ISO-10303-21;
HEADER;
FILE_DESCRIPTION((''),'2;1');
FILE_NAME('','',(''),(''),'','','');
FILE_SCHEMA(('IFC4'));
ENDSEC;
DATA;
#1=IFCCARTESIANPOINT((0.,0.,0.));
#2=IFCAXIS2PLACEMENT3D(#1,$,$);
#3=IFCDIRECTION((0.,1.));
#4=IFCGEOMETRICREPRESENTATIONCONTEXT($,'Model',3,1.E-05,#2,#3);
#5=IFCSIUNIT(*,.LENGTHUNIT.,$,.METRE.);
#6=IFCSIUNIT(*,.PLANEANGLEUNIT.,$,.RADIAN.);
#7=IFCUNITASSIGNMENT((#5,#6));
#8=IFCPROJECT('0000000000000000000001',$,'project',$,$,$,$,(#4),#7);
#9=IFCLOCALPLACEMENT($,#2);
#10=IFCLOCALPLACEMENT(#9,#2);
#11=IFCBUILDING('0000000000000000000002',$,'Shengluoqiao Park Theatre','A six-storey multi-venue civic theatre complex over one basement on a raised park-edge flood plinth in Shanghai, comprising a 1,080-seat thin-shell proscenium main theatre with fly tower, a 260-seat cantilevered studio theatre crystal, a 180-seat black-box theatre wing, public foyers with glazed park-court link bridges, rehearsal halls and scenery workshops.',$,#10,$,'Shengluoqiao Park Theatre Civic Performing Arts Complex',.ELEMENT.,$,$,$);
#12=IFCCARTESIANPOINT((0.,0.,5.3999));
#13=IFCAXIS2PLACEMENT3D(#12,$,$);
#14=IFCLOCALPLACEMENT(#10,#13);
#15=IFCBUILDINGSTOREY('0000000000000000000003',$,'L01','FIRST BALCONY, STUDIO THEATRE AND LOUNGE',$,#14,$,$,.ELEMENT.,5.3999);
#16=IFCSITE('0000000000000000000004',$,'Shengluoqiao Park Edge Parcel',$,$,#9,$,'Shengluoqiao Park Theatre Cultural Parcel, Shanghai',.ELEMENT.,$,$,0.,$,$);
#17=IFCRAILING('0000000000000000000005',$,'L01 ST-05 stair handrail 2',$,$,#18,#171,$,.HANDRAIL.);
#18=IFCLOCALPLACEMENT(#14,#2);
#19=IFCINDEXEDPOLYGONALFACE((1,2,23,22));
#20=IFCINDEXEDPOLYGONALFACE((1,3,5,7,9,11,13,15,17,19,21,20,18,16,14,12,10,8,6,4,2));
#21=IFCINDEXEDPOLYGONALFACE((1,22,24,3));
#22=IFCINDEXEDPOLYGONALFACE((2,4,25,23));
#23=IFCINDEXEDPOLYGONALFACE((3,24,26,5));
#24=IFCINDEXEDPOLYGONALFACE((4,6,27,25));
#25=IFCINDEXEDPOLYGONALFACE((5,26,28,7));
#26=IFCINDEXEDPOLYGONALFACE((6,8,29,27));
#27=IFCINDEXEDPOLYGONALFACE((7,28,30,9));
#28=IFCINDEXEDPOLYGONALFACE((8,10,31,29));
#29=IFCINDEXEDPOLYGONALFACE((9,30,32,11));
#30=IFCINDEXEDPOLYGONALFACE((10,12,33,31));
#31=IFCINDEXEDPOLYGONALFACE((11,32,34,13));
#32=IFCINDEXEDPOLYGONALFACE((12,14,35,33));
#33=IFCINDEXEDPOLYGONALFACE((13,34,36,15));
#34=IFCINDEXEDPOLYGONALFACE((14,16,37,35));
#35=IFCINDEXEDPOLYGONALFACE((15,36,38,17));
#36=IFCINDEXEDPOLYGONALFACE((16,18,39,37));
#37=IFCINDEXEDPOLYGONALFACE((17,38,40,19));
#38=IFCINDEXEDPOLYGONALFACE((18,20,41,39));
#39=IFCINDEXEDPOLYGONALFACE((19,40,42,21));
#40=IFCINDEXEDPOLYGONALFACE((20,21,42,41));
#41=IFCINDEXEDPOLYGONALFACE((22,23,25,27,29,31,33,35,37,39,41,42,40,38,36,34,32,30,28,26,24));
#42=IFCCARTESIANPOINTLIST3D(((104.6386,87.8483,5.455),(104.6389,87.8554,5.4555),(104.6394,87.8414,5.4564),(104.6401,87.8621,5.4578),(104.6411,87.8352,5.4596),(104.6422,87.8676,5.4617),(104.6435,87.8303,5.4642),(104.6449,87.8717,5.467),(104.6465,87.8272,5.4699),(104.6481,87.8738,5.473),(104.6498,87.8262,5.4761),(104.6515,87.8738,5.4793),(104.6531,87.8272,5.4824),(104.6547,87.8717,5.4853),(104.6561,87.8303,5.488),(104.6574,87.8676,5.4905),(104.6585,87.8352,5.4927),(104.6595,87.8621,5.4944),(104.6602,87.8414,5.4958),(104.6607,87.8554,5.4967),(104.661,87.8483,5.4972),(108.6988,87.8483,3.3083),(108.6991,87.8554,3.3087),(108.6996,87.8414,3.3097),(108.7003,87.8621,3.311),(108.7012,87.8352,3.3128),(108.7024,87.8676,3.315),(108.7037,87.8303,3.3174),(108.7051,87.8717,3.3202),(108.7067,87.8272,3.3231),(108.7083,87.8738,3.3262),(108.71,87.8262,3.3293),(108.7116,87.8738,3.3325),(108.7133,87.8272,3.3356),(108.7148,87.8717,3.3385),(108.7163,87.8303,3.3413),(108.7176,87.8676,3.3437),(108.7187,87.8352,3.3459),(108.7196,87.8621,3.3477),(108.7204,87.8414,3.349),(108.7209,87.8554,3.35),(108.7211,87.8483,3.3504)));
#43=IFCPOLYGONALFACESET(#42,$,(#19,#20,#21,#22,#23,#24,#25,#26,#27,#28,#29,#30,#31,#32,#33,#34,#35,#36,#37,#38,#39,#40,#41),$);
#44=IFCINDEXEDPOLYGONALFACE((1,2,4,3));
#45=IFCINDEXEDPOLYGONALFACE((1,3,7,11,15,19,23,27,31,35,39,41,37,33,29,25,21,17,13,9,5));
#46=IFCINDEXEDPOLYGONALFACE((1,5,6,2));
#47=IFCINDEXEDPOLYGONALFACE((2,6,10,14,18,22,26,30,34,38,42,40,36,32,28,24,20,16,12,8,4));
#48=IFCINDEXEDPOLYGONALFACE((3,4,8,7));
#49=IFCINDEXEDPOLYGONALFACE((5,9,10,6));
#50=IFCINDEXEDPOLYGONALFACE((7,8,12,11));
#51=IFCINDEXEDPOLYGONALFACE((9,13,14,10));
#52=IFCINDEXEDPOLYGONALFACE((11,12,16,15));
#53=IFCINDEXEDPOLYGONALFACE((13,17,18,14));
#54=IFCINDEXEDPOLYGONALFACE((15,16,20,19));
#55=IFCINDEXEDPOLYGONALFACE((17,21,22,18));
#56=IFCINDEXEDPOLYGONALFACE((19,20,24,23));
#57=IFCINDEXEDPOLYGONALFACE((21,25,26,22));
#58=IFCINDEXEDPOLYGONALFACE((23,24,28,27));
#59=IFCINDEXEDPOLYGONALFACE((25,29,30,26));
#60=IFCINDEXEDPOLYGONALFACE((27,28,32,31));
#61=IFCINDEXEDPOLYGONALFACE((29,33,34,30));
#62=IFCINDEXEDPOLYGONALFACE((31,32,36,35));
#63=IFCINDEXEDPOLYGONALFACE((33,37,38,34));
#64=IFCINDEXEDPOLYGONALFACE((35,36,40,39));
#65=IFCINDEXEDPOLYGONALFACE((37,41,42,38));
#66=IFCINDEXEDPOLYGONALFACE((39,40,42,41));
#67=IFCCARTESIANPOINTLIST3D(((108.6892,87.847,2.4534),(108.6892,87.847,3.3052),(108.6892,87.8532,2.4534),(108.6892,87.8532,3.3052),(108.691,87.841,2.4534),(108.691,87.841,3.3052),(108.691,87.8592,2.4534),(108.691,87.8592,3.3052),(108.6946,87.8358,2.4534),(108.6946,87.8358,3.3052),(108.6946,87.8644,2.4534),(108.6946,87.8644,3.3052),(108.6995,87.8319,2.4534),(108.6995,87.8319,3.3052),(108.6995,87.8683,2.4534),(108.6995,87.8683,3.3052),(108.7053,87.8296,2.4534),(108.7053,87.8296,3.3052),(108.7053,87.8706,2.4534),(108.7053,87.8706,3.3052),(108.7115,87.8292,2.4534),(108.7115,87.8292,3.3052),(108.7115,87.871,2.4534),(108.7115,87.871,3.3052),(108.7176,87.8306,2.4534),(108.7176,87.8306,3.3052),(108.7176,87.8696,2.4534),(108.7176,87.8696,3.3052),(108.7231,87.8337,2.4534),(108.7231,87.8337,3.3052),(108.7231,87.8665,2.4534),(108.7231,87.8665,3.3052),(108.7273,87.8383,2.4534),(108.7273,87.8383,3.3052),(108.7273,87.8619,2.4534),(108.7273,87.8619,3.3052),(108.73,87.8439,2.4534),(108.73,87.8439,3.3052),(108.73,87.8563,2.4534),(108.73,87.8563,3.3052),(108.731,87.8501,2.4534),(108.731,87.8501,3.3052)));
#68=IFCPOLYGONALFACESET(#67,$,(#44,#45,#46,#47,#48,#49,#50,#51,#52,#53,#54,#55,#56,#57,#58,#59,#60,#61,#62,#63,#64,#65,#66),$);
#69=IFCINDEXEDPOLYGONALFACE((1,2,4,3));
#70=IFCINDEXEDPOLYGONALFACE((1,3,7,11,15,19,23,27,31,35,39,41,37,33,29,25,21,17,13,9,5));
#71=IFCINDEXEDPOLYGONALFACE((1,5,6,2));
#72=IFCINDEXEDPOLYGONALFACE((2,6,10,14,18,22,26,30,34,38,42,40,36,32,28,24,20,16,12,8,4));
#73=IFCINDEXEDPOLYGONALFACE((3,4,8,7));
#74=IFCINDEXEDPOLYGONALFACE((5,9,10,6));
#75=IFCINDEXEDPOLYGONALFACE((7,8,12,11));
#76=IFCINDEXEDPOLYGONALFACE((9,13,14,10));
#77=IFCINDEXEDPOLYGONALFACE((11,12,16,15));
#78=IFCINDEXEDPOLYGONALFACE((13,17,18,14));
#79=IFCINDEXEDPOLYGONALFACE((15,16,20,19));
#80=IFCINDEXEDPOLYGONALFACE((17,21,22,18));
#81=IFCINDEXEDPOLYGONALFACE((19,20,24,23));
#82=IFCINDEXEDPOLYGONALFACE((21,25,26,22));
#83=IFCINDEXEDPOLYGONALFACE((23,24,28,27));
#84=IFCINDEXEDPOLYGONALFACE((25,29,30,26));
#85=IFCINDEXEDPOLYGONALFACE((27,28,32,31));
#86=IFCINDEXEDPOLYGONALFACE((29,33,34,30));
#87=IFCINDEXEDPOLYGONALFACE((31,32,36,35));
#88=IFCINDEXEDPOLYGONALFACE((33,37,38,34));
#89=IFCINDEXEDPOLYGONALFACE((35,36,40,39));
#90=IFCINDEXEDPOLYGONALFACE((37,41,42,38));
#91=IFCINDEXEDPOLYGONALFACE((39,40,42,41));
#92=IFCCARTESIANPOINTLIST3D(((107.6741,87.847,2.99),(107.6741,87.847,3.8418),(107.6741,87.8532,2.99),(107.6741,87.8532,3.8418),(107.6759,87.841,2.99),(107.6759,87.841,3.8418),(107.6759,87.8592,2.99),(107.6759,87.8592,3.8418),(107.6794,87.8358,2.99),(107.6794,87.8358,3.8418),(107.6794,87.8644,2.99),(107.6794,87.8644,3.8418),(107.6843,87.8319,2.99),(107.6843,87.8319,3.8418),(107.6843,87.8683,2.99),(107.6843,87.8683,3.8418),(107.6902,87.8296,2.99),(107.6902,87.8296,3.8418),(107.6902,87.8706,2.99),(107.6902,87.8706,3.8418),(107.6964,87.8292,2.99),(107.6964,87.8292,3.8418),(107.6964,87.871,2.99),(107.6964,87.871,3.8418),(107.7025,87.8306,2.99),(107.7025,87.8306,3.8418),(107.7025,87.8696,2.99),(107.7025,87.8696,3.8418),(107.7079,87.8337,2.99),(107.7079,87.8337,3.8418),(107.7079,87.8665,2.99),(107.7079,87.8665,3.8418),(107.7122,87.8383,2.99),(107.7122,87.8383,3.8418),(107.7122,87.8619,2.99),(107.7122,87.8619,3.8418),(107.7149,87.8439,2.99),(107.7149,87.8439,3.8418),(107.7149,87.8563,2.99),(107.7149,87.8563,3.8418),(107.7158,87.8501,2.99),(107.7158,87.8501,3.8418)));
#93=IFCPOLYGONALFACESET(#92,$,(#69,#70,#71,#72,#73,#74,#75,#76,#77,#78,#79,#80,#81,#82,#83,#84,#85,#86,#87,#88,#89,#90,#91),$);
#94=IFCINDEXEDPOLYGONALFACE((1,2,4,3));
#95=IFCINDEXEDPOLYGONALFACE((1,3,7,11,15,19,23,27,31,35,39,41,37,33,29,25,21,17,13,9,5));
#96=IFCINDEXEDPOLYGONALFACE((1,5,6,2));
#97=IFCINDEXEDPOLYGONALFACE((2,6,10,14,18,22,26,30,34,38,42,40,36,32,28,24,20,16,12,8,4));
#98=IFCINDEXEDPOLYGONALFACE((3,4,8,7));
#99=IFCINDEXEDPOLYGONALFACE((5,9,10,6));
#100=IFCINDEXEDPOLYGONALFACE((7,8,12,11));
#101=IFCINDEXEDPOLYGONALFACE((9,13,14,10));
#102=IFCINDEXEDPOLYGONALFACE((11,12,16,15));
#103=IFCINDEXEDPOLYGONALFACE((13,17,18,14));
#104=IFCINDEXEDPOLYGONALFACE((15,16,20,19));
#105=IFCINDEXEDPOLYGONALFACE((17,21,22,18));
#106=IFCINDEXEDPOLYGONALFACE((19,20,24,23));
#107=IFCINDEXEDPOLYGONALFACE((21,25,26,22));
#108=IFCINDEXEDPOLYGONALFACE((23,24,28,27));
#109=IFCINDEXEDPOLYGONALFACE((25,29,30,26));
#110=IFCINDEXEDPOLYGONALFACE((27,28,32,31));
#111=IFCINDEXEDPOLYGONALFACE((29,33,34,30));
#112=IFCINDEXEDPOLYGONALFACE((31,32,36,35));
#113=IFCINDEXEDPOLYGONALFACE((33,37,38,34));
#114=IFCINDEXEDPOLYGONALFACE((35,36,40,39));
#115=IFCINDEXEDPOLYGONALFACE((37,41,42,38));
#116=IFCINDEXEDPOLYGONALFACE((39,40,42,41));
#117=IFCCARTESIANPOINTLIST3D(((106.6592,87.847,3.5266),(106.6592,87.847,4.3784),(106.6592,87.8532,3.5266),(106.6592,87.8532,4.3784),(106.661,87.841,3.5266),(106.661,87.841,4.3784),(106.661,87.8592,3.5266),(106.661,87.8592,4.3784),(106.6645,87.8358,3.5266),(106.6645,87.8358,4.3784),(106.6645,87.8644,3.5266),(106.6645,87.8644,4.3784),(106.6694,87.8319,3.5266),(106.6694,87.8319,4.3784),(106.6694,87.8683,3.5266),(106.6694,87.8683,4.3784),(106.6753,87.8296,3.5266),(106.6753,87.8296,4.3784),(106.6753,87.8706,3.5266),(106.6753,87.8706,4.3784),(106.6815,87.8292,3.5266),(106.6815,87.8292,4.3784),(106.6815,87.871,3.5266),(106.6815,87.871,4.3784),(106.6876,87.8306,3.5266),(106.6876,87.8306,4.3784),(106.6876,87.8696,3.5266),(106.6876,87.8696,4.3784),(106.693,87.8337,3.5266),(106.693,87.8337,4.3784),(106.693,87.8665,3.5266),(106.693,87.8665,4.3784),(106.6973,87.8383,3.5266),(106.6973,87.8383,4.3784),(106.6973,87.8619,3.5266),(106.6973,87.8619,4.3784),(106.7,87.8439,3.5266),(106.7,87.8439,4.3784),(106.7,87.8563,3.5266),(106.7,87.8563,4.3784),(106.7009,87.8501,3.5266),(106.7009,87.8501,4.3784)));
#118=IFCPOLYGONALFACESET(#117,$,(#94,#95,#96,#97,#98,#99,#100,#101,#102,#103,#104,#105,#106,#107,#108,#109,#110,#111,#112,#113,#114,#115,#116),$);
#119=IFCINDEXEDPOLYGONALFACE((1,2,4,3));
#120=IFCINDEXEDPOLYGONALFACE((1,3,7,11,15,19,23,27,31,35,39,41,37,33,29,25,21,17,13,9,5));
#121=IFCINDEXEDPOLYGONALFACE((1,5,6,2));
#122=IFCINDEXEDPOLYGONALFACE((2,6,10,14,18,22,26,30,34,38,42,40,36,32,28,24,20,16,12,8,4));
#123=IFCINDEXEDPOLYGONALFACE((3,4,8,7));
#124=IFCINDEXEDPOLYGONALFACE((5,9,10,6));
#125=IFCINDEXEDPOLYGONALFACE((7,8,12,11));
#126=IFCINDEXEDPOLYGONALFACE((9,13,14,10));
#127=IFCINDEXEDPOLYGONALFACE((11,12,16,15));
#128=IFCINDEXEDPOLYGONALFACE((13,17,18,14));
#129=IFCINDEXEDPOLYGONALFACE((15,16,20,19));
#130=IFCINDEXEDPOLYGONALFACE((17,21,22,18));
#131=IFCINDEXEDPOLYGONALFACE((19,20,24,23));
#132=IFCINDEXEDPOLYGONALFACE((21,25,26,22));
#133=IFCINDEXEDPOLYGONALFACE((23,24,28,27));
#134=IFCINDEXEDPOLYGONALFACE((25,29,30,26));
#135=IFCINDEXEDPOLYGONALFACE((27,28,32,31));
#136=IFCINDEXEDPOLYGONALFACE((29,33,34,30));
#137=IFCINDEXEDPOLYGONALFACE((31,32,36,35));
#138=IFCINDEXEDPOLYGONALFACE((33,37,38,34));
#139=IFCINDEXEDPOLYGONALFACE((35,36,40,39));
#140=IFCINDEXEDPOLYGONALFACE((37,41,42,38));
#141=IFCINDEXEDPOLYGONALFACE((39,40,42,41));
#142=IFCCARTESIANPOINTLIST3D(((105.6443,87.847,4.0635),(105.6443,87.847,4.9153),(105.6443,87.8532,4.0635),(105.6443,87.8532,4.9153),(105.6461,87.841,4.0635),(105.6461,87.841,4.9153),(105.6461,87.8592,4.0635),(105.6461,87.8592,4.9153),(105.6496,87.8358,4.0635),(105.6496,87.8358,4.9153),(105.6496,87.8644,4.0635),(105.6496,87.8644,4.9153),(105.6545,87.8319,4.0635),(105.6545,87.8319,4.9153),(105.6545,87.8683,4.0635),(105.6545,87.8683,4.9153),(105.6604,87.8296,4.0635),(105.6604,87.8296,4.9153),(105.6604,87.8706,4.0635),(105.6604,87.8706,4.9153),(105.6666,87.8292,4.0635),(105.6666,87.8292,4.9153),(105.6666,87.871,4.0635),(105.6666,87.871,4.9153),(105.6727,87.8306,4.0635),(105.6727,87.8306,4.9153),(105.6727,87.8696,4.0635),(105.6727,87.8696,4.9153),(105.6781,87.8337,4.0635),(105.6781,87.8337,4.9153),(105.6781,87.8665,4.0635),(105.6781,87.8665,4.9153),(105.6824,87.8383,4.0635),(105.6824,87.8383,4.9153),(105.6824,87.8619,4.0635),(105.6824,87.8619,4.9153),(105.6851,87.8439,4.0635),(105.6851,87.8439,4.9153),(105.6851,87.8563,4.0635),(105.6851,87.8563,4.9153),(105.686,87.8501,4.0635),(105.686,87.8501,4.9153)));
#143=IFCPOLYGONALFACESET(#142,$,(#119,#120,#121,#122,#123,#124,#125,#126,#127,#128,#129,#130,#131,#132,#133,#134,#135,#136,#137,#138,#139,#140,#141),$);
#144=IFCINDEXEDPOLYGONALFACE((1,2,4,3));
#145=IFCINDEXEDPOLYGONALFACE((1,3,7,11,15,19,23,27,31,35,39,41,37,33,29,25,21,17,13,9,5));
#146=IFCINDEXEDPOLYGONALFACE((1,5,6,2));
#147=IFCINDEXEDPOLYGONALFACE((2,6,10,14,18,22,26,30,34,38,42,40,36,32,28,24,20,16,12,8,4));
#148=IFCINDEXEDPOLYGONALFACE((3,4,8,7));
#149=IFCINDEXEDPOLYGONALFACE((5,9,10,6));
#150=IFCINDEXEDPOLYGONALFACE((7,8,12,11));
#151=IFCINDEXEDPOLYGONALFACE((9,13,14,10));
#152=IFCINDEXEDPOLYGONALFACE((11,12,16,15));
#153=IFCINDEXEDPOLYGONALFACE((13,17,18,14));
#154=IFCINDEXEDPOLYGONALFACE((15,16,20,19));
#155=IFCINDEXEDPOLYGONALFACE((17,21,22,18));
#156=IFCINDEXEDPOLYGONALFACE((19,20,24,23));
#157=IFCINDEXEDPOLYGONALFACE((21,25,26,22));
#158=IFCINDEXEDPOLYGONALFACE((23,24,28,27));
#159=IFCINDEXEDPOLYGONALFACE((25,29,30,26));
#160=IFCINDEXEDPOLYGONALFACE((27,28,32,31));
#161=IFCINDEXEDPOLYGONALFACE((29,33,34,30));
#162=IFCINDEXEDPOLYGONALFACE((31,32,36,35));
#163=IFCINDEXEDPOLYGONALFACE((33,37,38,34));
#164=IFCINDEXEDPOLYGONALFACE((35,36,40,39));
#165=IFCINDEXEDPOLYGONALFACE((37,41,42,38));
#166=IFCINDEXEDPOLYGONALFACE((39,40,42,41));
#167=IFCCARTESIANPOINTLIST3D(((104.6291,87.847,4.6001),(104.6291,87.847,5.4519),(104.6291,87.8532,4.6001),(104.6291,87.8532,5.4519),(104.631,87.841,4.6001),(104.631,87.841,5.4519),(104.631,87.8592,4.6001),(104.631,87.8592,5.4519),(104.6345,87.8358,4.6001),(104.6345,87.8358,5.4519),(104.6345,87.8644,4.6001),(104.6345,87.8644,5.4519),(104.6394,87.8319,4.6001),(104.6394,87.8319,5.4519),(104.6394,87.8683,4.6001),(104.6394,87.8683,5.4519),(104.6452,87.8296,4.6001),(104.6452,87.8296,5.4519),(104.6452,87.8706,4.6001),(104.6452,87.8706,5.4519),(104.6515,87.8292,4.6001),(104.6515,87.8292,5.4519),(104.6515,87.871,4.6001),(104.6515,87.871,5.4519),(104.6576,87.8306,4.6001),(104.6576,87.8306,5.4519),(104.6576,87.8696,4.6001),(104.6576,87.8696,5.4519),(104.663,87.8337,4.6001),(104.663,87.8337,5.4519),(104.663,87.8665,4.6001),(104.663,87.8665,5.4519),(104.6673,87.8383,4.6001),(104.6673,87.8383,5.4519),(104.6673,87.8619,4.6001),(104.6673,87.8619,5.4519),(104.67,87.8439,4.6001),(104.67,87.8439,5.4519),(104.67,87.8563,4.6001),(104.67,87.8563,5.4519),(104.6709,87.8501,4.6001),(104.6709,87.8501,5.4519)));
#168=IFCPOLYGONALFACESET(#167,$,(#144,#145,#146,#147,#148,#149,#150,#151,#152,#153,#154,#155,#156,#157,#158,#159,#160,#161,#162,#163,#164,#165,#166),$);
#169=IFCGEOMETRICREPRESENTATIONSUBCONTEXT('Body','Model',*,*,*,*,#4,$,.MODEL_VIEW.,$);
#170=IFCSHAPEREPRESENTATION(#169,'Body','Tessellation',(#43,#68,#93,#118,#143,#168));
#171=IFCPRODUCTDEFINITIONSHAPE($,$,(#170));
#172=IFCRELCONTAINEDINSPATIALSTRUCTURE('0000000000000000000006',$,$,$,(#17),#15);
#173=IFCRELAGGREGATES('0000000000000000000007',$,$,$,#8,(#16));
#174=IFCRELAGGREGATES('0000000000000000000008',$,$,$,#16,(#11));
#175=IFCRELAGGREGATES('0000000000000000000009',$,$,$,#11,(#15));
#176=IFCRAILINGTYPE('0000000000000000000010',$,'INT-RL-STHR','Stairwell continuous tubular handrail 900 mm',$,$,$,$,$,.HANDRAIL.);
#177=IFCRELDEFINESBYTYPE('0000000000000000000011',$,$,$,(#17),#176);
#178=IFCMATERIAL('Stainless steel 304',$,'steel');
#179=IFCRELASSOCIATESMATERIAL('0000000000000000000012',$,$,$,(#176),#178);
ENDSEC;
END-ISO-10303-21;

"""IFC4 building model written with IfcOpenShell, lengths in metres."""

from ifc_helpers import new_model, si_unit, direction, frame, origin, origin_2d, place, context, subcontext, project, spatial, circle, extrude, material, type_object, element, save


model = new_model("IFC4")

# Units and contexts
model_context = context("Model", 3, precision=1e-05, world=origin(), true_north=direction((0.0, 1.0)))
body_context = subcontext(model_context, "Body", "Model", "MODEL_VIEW")
ifc_project = project(units=[si_unit("LENGTHUNIT", "METRE"), si_unit("PLANEANGLEUNIT", "RADIAN")], contexts=[model_context])

# Site, building, storey
site_placement = place(None, origin())
site = spatial("IfcSite", under=ifc_project, at=site_placement, Name="Shengluoqiao Park Edge Parcel", LongName="Shengluoqiao Park Theatre Cultural Parcel, Shanghai", CompositionType="ELEMENT", RefElevation=0.0)
building_placement = place(site_placement, origin())
building = spatial("IfcBuilding", under=site, at=building_placement, Name="Shengluoqiao Park Theatre", Description="A six-storey multi-venue civic theatre complex over one basement on a raised park-edge flood plinth in Shanghai, comprising a 1,080-seat thin-shell proscenium main theatre with fly tower, a 260-seat cantilevered studio theatre crystal, a 180-seat black-box theatre wing, public foyers with glazed park-court link bridges, rehearsal halls and scenery workshops.", LongName="Shengluoqiao Park Theatre Civic Performing Arts Complex", CompositionType="ELEMENT")
storey_placement = place(building_placement, frame((0.0, 0.0, 5.3999)))
storey = spatial("IfcBuildingStorey", under=building, at=storey_placement, Name="L01", Description="FIRST BALCONY, STUDIO THEATRE AND LOUNGE", CompositionType="ELEMENT", Elevation=5.3999)

# Railing
ifc_material_1 = material(Name="Stainless steel 304", Category="steel")
railing_type_1 = type_object("IfcRailingType", Name="INT-RL-STHR", Description="Stairwell continuous tubular handrail 900 mm", PredefinedType="HANDRAIL", material=ifc_material_1)
railing_1_placement = place(storey_placement, frame((108.71, 87.8501, 2.4534)))
element("IfcRailing", 1, at=railing_1_placement, inside=storey, type_object=railing_type_1, Name="L01 ST-05 stair handrail 2", PredefinedType="HANDRAIL", context=body_context, shape_type="SweptSolid", body=[
    extrude(circle(Radius=0.0239, at=origin_2d()), frame((0.0, 0.0, 0.876), z_axis=(-0.884032, 0.0, 0.467426), x_axis=(0.0, -1.0, 0.0)), (0.0, 0.0, 1.0), 4.5928),
    extrude(circle(Radius=0.021, at=origin_2d()), origin(), (0.0, 0.0, 1.0), 0.8518),
    extrude(circle(Radius=0.021, at=origin_2d()), frame((-1.0151, 0.0, 0.5366)), (0.0, 0.0, 1.0), 0.8518),
    extrude(circle(Radius=0.021, at=origin_2d()), frame((-2.03, 0.0, 1.0732)), (0.0, 0.0, 1.0), 0.8518),
    extrude(circle(Radius=0.021, at=origin_2d()), frame((-3.0449, 0.0, 1.6101)), (0.0, 0.0, 1.0), 0.8518),
    extrude(circle(Radius=0.021, at=origin_2d()), frame((-4.0601, 0.0, 2.1467)), (0.0, 0.0, 1.0), 0.8518),
])

save(model, "model.ifc")
